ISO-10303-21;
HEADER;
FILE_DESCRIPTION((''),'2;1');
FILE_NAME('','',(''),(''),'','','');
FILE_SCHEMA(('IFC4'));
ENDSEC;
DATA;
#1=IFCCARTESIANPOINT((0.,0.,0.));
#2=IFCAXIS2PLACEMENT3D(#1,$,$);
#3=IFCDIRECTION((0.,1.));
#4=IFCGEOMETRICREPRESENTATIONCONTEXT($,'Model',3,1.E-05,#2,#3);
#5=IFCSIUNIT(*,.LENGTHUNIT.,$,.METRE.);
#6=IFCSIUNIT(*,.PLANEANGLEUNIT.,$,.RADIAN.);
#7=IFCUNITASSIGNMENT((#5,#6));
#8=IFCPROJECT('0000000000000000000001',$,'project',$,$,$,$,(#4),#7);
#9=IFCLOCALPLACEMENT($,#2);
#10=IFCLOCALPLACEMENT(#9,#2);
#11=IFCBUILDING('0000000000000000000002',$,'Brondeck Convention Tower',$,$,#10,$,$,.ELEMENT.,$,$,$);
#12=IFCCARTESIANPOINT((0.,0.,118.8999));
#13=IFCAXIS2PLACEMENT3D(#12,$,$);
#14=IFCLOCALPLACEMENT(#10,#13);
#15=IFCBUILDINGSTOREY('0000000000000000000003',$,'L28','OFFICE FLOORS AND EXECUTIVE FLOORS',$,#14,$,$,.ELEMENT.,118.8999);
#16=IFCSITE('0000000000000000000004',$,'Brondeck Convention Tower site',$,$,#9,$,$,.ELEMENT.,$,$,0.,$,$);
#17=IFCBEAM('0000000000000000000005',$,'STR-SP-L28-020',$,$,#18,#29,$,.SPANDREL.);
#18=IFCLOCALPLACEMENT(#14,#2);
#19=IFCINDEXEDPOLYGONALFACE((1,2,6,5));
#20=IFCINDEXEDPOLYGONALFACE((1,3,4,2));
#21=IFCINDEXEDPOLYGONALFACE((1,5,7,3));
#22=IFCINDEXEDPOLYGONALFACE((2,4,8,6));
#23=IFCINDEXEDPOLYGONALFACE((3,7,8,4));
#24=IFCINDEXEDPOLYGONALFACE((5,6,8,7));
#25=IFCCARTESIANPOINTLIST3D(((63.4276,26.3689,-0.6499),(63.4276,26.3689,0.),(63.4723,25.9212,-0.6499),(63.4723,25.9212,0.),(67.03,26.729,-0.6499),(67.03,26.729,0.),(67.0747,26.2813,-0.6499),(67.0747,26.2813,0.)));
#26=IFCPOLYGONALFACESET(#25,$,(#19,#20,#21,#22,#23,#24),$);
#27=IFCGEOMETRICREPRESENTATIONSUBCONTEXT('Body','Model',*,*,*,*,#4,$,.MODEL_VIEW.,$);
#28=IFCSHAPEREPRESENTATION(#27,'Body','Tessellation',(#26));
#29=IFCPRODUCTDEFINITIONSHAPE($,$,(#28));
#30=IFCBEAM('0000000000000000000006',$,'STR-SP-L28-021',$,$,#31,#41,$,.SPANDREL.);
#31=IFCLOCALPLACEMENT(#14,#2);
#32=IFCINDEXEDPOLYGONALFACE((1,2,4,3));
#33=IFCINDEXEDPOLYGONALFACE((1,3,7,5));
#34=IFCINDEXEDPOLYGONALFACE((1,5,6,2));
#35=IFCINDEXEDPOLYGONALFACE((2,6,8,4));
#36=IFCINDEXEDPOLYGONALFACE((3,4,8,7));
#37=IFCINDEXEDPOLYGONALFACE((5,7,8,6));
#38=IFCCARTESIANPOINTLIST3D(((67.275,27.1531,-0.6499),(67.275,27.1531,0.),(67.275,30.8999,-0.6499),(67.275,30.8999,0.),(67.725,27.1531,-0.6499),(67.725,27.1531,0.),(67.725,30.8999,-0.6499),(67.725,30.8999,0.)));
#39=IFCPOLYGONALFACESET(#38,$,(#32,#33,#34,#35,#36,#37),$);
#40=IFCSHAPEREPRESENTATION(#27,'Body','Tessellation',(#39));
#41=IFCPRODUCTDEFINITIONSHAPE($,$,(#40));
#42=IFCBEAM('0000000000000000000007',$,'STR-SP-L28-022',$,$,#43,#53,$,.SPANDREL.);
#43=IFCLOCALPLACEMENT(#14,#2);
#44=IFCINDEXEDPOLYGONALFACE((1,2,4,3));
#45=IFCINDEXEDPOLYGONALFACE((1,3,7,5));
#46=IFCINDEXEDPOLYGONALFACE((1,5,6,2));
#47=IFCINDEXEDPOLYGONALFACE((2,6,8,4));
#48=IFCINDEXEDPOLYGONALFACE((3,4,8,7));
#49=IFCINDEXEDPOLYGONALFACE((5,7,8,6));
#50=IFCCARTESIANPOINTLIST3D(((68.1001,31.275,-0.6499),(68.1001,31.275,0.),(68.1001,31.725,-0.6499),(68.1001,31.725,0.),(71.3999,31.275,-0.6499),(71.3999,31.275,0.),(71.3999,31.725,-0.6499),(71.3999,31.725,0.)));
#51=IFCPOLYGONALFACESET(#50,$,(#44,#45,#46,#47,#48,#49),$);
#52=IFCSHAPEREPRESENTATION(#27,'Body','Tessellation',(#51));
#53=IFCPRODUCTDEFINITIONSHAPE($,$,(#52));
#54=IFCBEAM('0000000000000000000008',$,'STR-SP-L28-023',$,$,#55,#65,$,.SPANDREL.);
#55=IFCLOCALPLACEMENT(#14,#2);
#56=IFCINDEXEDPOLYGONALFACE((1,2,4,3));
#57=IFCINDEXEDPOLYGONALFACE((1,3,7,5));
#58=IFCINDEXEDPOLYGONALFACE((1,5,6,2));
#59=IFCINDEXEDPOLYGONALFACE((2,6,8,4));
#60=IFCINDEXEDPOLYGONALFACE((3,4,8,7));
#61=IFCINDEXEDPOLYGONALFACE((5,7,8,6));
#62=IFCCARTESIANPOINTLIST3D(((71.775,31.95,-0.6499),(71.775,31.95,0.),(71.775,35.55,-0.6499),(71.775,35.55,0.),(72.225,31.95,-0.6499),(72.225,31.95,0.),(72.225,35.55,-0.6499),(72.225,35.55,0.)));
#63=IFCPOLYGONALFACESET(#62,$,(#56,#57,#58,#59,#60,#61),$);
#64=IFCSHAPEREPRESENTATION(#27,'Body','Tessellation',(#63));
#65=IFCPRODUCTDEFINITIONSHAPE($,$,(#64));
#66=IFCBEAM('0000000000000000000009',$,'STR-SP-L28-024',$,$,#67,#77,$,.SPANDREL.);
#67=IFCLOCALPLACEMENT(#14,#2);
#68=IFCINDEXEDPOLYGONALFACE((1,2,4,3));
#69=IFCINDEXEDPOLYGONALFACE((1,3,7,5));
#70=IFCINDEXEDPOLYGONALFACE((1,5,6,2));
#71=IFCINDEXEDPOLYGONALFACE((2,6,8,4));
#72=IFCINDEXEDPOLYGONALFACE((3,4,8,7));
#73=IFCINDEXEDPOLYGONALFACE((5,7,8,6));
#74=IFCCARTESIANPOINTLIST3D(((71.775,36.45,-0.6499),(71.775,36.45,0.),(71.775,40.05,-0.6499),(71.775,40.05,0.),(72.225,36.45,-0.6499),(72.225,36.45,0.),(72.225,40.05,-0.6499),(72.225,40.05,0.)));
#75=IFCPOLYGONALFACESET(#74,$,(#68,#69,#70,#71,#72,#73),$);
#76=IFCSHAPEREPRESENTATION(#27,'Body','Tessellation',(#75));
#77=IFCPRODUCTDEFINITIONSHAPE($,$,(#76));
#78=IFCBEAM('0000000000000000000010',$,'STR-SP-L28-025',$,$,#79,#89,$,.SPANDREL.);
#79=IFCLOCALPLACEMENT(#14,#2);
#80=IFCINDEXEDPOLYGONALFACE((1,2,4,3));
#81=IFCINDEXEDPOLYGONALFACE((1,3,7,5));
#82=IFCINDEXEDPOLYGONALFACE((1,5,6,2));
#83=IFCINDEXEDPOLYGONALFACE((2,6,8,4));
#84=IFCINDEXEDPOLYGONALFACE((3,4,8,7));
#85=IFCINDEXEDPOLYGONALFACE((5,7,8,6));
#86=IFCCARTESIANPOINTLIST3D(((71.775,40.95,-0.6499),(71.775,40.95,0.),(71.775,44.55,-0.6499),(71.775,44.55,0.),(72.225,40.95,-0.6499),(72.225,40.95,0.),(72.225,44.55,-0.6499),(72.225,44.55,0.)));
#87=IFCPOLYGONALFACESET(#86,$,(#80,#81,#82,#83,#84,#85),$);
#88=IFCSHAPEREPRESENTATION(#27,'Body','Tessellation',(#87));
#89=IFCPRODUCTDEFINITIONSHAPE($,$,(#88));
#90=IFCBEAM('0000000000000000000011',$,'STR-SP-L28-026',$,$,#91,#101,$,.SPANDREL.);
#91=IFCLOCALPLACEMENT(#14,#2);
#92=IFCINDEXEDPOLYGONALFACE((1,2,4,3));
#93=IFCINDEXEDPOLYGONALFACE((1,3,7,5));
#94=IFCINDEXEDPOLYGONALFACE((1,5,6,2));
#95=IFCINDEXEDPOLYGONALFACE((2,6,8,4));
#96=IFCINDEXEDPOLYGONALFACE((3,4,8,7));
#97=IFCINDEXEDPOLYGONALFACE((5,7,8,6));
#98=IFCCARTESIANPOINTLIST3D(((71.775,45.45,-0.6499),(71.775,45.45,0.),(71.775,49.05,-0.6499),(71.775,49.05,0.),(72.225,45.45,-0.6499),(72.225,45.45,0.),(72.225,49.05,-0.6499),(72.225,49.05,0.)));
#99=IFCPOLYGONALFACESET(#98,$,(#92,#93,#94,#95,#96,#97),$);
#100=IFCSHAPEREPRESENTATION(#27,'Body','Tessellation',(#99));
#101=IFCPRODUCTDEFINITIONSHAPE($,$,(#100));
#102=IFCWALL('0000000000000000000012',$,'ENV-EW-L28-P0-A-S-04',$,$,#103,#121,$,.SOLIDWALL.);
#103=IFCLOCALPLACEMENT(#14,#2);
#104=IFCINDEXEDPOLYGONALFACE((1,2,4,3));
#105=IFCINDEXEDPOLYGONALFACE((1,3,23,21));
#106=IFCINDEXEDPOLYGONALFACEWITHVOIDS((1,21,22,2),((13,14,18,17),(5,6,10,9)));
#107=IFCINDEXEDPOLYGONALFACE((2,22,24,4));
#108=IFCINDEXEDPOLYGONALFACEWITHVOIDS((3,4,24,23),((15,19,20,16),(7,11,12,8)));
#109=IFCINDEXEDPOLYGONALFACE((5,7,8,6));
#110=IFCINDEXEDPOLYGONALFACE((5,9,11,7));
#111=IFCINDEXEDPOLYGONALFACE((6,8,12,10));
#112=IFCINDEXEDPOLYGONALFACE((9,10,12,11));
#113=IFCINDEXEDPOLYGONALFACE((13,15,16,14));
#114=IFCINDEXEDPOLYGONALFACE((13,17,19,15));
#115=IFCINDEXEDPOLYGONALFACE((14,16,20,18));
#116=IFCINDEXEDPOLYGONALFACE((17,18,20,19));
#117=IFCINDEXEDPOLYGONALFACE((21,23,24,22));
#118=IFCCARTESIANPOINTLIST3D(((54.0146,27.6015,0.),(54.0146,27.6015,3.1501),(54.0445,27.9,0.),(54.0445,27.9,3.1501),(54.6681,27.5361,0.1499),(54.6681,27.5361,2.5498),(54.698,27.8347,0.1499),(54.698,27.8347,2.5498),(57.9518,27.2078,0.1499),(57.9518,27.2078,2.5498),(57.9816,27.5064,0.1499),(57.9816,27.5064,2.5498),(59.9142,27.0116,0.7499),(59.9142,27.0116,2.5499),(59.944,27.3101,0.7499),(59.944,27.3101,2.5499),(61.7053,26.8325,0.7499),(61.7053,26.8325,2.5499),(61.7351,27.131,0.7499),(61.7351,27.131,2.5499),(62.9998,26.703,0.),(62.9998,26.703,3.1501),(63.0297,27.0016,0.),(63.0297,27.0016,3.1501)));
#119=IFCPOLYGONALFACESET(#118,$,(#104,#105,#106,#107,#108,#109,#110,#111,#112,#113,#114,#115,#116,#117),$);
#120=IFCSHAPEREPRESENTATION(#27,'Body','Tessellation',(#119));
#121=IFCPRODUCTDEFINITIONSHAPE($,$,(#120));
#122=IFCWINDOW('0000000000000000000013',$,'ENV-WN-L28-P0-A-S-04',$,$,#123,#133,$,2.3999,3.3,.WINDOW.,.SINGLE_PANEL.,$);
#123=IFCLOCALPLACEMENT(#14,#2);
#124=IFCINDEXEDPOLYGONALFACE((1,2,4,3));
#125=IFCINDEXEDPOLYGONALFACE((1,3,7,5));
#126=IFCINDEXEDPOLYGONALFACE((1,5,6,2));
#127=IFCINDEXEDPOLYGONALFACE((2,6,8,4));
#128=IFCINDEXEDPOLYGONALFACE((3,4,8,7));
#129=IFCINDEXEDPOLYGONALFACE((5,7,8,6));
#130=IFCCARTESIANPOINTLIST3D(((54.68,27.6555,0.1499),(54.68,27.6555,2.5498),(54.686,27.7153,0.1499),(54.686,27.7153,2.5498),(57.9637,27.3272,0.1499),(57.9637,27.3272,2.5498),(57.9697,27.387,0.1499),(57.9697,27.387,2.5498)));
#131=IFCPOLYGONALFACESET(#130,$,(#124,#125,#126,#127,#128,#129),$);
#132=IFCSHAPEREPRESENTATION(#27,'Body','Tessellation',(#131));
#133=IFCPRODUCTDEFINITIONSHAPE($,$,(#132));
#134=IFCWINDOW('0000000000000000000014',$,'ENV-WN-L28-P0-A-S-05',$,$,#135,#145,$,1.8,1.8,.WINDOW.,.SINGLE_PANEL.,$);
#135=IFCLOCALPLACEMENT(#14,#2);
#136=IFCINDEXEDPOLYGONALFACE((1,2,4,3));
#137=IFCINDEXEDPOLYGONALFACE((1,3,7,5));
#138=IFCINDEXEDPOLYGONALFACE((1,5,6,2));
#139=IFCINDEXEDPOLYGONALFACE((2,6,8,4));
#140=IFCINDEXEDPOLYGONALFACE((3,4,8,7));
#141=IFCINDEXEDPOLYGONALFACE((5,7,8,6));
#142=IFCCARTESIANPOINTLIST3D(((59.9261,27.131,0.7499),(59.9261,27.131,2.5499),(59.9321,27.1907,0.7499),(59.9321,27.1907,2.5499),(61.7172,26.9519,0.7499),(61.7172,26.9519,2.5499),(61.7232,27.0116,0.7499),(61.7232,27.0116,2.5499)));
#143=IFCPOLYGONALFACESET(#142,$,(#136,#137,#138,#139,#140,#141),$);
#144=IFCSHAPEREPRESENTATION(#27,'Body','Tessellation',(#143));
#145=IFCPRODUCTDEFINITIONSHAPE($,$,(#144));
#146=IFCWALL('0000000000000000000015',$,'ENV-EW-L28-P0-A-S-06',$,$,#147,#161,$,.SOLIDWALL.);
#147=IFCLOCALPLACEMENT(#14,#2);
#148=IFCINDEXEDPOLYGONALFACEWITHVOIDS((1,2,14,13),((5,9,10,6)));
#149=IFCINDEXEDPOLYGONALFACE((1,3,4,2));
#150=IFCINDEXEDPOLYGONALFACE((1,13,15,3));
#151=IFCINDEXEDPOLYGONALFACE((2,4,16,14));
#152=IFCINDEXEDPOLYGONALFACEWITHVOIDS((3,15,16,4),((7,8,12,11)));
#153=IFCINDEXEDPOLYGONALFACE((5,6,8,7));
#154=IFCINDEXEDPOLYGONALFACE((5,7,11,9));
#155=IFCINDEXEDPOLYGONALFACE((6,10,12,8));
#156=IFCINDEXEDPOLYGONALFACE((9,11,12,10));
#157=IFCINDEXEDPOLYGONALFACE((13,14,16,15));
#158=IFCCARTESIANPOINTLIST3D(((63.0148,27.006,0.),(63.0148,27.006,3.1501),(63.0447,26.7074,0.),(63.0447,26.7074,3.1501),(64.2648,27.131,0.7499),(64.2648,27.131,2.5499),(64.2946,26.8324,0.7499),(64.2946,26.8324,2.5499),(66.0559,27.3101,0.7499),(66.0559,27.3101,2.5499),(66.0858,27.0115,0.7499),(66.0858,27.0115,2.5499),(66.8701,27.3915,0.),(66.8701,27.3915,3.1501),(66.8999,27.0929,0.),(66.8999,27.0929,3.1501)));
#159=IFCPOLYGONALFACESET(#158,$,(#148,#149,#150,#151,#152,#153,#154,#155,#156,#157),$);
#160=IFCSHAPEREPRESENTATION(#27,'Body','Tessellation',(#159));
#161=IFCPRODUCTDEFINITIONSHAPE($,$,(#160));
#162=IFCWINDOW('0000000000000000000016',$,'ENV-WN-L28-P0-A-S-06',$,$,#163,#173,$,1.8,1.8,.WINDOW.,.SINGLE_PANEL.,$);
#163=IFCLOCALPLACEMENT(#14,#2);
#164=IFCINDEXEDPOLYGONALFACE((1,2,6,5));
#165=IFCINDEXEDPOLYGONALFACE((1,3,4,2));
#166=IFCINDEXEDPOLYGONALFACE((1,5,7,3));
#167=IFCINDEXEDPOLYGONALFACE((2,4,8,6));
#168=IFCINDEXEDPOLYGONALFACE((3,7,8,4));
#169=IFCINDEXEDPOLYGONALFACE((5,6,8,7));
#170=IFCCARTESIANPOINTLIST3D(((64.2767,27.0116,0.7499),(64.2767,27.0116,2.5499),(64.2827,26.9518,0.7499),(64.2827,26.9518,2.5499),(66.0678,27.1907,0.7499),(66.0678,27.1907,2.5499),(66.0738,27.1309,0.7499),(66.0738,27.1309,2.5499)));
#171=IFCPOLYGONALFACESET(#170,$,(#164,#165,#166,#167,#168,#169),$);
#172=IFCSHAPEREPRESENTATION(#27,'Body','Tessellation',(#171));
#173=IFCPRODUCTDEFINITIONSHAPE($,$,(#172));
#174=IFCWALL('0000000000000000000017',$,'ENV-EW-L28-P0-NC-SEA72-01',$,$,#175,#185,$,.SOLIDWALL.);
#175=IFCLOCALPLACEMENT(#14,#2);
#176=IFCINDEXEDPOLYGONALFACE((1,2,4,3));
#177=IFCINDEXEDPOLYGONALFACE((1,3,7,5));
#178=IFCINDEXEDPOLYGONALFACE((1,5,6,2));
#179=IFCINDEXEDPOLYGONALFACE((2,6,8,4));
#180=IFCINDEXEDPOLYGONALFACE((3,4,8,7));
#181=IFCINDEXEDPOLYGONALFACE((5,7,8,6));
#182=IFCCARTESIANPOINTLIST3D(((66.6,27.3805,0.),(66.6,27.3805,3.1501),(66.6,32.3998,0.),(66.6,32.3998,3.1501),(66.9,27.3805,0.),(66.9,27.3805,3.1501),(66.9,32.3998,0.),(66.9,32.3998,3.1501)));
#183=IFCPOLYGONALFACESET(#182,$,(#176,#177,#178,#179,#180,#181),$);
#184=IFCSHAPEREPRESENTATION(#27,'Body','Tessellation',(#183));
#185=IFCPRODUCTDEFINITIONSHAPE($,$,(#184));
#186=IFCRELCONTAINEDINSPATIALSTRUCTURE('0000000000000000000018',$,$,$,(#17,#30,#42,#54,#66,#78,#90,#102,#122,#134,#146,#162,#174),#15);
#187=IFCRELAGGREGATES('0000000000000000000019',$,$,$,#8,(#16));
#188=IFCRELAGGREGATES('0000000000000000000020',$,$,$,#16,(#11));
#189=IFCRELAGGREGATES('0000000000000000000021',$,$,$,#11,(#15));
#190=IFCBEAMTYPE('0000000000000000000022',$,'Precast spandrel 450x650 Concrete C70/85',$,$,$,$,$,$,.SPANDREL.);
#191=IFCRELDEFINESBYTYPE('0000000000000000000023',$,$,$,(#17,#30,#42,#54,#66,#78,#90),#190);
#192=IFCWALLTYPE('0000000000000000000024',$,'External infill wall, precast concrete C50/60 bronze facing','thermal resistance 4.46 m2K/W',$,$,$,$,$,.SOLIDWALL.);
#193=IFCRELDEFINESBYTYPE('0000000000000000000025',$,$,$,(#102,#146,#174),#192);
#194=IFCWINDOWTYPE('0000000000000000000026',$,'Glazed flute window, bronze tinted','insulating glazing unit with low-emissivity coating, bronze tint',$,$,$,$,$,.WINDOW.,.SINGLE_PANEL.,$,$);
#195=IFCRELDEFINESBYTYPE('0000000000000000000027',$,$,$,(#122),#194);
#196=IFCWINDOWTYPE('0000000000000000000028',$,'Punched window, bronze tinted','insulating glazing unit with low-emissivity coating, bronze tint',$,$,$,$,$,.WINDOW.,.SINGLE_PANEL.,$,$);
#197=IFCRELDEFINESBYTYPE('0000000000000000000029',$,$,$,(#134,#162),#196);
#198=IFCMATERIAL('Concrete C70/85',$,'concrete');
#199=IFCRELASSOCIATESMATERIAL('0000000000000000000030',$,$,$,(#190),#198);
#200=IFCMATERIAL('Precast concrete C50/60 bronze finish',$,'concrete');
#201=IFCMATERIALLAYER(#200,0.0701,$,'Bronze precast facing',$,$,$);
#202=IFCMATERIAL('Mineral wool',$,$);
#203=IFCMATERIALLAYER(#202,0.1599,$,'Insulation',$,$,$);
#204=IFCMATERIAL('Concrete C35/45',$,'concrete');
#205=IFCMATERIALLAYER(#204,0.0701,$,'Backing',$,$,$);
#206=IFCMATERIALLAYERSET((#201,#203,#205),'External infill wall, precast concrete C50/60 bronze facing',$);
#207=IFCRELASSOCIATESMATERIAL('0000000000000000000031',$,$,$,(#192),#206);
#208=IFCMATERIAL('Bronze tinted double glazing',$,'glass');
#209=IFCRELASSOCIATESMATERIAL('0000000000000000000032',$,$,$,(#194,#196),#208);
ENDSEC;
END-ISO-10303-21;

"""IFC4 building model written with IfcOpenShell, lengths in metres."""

from ifc_helpers import new_model, si_unit, direction, frame, frame_2d, origin, origin_2d, place, context, subcontext, project, spatial, rectangle, extrude, material, layer, layer_set, material_profile, profile_set, type_object, element, fill, save


model = new_model("IFC4")

# Units and contexts
model_context = context("Model", 3, precision=1e-05, world=origin(), true_north=direction((0.0, 1.0)))
body_context = subcontext(model_context, "Body", "Model", "MODEL_VIEW")
ifc_project = project(units=[si_unit("LENGTHUNIT", "METRE"), si_unit("PLANEANGLEUNIT", "RADIAN")], contexts=[model_context])

# Site, building, storey
site_placement = place(None, origin())
site = spatial("IfcSite", under=ifc_project, at=site_placement, Name="Brondeck Convention Tower site", CompositionType="ELEMENT", RefElevation=0.0)
building_placement = place(site_placement, origin())
building = spatial("IfcBuilding", under=site, at=building_placement, Name="Brondeck Convention Tower", CompositionType="ELEMENT")
storey_placement = place(building_placement, frame((0.0, 0.0, 118.8999)))
storey = spatial("IfcBuildingStorey", under=building, at=storey_placement, Name="L28", Description="OFFICE FLOORS AND EXECUTIVE FLOORS", CompositionType="ELEMENT", Elevation=118.8999)

# Shared definitions
ifc_material_1 = material(Name="Concrete C70/85", Category="concrete")

# Beams
ifc_material_profile_1 = material_profile(ifc_material_1, rectangle(XDim=0.45, YDim=0.6499, at=origin_2d()), Name="Precast spandrel 450x650 Concrete C70/85")
ifc_profile_set_1 = profile_set([ifc_material_profile_1], Name="Concrete C70/85")
beam_type_1 = type_object("IfcBeamType", Name="Precast spandrel 450x650 Concrete C70/85", PredefinedType="SPANDREL", material=ifc_profile_set_1)
beam_1_placement = place(storey_placement, frame((63.45, 26.145, -0.325), z_axis=(0.995041, 0.09947, 0.0), x_axis=(-0.09947, 0.995041, 0.0)))
element("IfcBeam", 1, at=beam_1_placement, inside=storey, type_object=beam_type_1, Name="STR-SP-L28-020", PredefinedType="SPANDREL", context=body_context, shape_type="SweptSolid", body=[
    extrude(rectangle(XDim=0.45, YDim=0.6499, at=origin_2d()), origin(), (0.0, 0.0, 1.0), 3.6204),
])
beam_2_placement = place(storey_placement, frame((67.5, 27.1531, -0.325), z_axis=(0.0, 1.0, 0.0), x_axis=(-1.0, 0.0, 0.0)))
element("IfcBeam", 2, at=beam_2_placement, inside=storey, type_object=beam_type_1, Name="STR-SP-L28-021", PredefinedType="SPANDREL", context=body_context, shape_type="SweptSolid", body=[
    extrude(rectangle(XDim=0.45, YDim=0.6499, at=origin_2d()), origin(), (0.0, 0.0, 1.0), 3.7468),
])
beam_3_placement = place(storey_placement, frame((68.1001, 31.5, -0.325), z_axis=(1.0, 0.0, 0.0), x_axis=(0.0, 1.0, 0.0)))
element("IfcBeam", 3, at=beam_3_placement, inside=storey, type_object=beam_type_1, Name="STR-SP-L28-022", PredefinedType="SPANDREL", context=body_context, shape_type="SweptSolid", body=[
    extrude(rectangle(XDim=0.45, YDim=0.6499, at=origin_2d()), origin(), (0.0, 0.0, 1.0), 3.2998),
])
for number, where, z_axis, x_axis, name in (
    (4, (72.0, 31.95, -0.325), (0.0, 1.0, 0.0), (-1.0, 0.0, 0.0), "STR-SP-L28-023"),
    (5, (72.0, 36.45, -0.325), (0.0, 1.0, 0.0), (-1.0, 0.0, 0.0), "STR-SP-L28-024"),
    (6, (72.0, 40.95, -0.325), (0.0, 1.0, 0.0), (-1.0, 0.0, 0.0), "STR-SP-L28-025"),
    (7, (72.0, 45.45, -0.325), (0.0, 1.0, 0.0), (-1.0, 0.0, 0.0), "STR-SP-L28-026"),
):
    element("IfcBeam", number, at=place(storey_placement, frame(where, z_axis=z_axis, x_axis=x_axis)), inside=storey, type_object=beam_type_1, Name=name, PredefinedType="SPANDREL", context=body_context, shape_type="SweptSolid", body=[
        extrude(rectangle(XDim=0.45, YDim=0.6499, at=origin_2d()), origin(), (0.0, 0.0, 1.0), 3.6001),
    ])

# Wall, openings, windows
ifc_material_2 = material(Name="Precast concrete C50/60 bronze finish", Category="concrete")
ifc_layer_1 = layer(ifc_material_2, 0.0701, Name="Bronze precast facing")
ifc_material_3 = material(Name="Mineral wool")
ifc_layer_2 = layer(ifc_material_3, 0.1599, Name="Insulation")
ifc_material_4 = material(Name="Concrete C35/45", Category="concrete")
ifc_layer_3 = layer(ifc_material_4, 0.0701, Name="Backing")
ifc_layer_set_1 = layer_set([ifc_layer_1, ifc_layer_2, ifc_layer_3], Name="External infill wall, precast concrete C50/60 bronze facing")
wall_type_1 = type_object("IfcWallType", Name="External infill wall, precast concrete C50/60 bronze facing", Description="thermal resistance 4.46 m2K/W", PredefinedType="SOLIDWALL", material=ifc_layer_set_1)
wall_1_placement = place(storey_placement, frame((63.0149, 26.8523, 0.0), z_axis=(0.0, 0.0, 1.0), x_axis=(-0.995038, 0.099496, 0.0)))
wall_1 = element("IfcWall", 8, at=wall_1_placement, inside=storey, type_object=wall_type_1, Name="ENV-EW-L28-P0-A-S-04", PredefinedType="SOLIDWALL", context=body_context, shape_type="SweptSolid", body=[
    extrude(rectangle(XDim=9.03, YDim=0.3, at=frame_2d((4.5151, 0.0))), origin(), (0.0, 0.0, 1.0), 3.1501),
])
opening_1_placement = place(wall_1_placement, frame((1.3013, 0.0, 0.75)))
opening_1 = element("IfcOpeningElement", 9, at=opening_1_placement, cuts=wall_1, PredefinedType="OPENING", context=body_context, shape_type="SweptSolid", body=[
    extrude(rectangle(XDim=1.8, YDim=1.8, at=frame_2d((0.8999, 0.8999))), frame((0.0, 0.1599, 0.0), z_axis=(0.0, -1.0, 0.0), x_axis=(1.0, 0.0, 0.0)), (0.0, 0.0, 1.0), 0.3201),
])
opening_2_placement = place(wall_1_placement, frame((5.0735, 0.0, 0.1499)))
opening_2 = element("IfcOpeningElement", 10, at=opening_2_placement, cuts=wall_1, PredefinedType="OPENING", context=body_context, shape_type="SweptSolid", body=[
    extrude(rectangle(XDim=3.3, YDim=2.3999, at=frame_2d((1.6499, 1.2))), frame((0.0, 0.1599, 0.0), z_axis=(0.0, -1.0, 0.0), x_axis=(1.0, 0.0, 0.0)), (0.0, 0.0, 1.0), 0.3201),
])
ifc_material_5 = material(Name="Bronze tinted double glazing", Category="glass")
window_type_1 = type_object("IfcWindowType", Name="Glazed flute window, bronze tinted", Description="insulating glazing unit with low-emissivity coating, bronze tint", PartitioningType="SINGLE_PANEL", PredefinedType="WINDOW", material=ifc_material_5)
window_1_placement = place(opening_2_placement, origin())
window_1 = element("IfcWindow", 11, at=window_1_placement, inside=storey, type_object=window_type_1, Name="ENV-WN-L28-P0-A-S-04", OverallHeight=2.3999, OverallWidth=3.3, PartitioningType="SINGLE_PANEL", PredefinedType="WINDOW", context=body_context, shape_type="SweptSolid", body=[
    extrude(rectangle(XDim=3.3, YDim=2.3999, at=frame_2d((1.6499, 1.2))), frame((0.0, 0.03, 0.0), z_axis=(0.0, -1.0, 0.0), x_axis=(1.0, 0.0, 0.0)), (0.0, 0.0, 1.0), 0.0601),
])
fill(opening_2, window_1)
window_type_2 = type_object("IfcWindowType", Name="Punched window, bronze tinted", Description="insulating glazing unit with low-emissivity coating, bronze tint", PartitioningType="SINGLE_PANEL", PredefinedType="WINDOW", material=ifc_material_5)
window_2_placement = place(opening_1_placement, origin())
window_2 = element("IfcWindow", 12, at=window_2_placement, inside=storey, type_object=window_type_2, Name="ENV-WN-L28-P0-A-S-05", OverallHeight=1.8, OverallWidth=1.8, PartitioningType="SINGLE_PANEL", PredefinedType="WINDOW", context=body_context, shape_type="SweptSolid", body=[
    extrude(rectangle(XDim=1.8, YDim=1.8, at=frame_2d((0.8999, 0.8999))), frame((0.0, 0.03, 0.0), z_axis=(0.0, -1.0, 0.0), x_axis=(1.0, 0.0, 0.0)), (0.0, 0.0, 1.0), 0.0601),
])
fill(opening_1, window_2)

# Wall, opening, window
wall_2_placement = place(storey_placement, frame((66.885, 27.2422, 0.0), z_axis=(0.0, 0.0, 1.0), x_axis=(-0.995038, -0.099497, 0.0)))
wall_2 = element("IfcWall", 13, at=wall_2_placement, inside=storey, type_object=wall_type_1, Name="ENV-EW-L28-P0-A-S-06", PredefinedType="SOLIDWALL", context=body_context, shape_type="SweptSolid", body=[
    extrude(rectangle(XDim=3.8745, YDim=0.3, at=frame_2d((1.9373, 0.0))), origin(), (0.0, 0.0, 1.0), 3.1501),
])
opening_3_placement = place(wall_2_placement, frame((0.8184, 0.0, 0.75)))
opening_3 = element("IfcOpeningElement", 14, at=opening_3_placement, cuts=wall_2, PredefinedType="OPENING", context=body_context, shape_type="SweptSolid", body=[
    extrude(rectangle(XDim=1.8, YDim=1.8, at=frame_2d((0.8999, 0.8999))), frame((0.0, 0.1599, 0.0), z_axis=(0.0, -1.0, 0.0), x_axis=(1.0, 0.0, 0.0)), (0.0, 0.0, 1.0), 0.3201),
])
window_3_placement = place(opening_3_placement, origin())
window_3 = element("IfcWindow", 15, at=window_3_placement, inside=storey, type_object=window_type_2, Name="ENV-WN-L28-P0-A-S-06", OverallHeight=1.8, OverallWidth=1.8, PartitioningType="SINGLE_PANEL", PredefinedType="WINDOW", context=body_context, shape_type="SweptSolid", body=[
    extrude(rectangle(XDim=1.8, YDim=1.8, at=frame_2d((0.8999, 0.8999))), frame((0.0, 0.03, 0.0), z_axis=(0.0, -1.0, 0.0), x_axis=(1.0, 0.0, 0.0)), (0.0, 0.0, 1.0), 0.0601),
])
fill(opening_3, window_3)

# Wall
wall_3_placement = place(storey_placement, frame((66.75, 32.3999, 0.0), z_axis=(0.0, 0.0, 1.0), x_axis=(0.0, -1.0, 0.0)))
element("IfcWall", 16, at=wall_3_placement, inside=storey, type_object=wall_type_1, Name="ENV-EW-L28-P0-NC-SEA72-01", PredefinedType="SOLIDWALL", context=body_context, shape_type="SweptSolid", body=[
    extrude(rectangle(XDim=5.0193, YDim=0.3, at=frame_2d((2.5098, 0.0))), origin(), (0.0, 0.0, 1.0), 3.1501),
])

save(model, "model.ifc")
